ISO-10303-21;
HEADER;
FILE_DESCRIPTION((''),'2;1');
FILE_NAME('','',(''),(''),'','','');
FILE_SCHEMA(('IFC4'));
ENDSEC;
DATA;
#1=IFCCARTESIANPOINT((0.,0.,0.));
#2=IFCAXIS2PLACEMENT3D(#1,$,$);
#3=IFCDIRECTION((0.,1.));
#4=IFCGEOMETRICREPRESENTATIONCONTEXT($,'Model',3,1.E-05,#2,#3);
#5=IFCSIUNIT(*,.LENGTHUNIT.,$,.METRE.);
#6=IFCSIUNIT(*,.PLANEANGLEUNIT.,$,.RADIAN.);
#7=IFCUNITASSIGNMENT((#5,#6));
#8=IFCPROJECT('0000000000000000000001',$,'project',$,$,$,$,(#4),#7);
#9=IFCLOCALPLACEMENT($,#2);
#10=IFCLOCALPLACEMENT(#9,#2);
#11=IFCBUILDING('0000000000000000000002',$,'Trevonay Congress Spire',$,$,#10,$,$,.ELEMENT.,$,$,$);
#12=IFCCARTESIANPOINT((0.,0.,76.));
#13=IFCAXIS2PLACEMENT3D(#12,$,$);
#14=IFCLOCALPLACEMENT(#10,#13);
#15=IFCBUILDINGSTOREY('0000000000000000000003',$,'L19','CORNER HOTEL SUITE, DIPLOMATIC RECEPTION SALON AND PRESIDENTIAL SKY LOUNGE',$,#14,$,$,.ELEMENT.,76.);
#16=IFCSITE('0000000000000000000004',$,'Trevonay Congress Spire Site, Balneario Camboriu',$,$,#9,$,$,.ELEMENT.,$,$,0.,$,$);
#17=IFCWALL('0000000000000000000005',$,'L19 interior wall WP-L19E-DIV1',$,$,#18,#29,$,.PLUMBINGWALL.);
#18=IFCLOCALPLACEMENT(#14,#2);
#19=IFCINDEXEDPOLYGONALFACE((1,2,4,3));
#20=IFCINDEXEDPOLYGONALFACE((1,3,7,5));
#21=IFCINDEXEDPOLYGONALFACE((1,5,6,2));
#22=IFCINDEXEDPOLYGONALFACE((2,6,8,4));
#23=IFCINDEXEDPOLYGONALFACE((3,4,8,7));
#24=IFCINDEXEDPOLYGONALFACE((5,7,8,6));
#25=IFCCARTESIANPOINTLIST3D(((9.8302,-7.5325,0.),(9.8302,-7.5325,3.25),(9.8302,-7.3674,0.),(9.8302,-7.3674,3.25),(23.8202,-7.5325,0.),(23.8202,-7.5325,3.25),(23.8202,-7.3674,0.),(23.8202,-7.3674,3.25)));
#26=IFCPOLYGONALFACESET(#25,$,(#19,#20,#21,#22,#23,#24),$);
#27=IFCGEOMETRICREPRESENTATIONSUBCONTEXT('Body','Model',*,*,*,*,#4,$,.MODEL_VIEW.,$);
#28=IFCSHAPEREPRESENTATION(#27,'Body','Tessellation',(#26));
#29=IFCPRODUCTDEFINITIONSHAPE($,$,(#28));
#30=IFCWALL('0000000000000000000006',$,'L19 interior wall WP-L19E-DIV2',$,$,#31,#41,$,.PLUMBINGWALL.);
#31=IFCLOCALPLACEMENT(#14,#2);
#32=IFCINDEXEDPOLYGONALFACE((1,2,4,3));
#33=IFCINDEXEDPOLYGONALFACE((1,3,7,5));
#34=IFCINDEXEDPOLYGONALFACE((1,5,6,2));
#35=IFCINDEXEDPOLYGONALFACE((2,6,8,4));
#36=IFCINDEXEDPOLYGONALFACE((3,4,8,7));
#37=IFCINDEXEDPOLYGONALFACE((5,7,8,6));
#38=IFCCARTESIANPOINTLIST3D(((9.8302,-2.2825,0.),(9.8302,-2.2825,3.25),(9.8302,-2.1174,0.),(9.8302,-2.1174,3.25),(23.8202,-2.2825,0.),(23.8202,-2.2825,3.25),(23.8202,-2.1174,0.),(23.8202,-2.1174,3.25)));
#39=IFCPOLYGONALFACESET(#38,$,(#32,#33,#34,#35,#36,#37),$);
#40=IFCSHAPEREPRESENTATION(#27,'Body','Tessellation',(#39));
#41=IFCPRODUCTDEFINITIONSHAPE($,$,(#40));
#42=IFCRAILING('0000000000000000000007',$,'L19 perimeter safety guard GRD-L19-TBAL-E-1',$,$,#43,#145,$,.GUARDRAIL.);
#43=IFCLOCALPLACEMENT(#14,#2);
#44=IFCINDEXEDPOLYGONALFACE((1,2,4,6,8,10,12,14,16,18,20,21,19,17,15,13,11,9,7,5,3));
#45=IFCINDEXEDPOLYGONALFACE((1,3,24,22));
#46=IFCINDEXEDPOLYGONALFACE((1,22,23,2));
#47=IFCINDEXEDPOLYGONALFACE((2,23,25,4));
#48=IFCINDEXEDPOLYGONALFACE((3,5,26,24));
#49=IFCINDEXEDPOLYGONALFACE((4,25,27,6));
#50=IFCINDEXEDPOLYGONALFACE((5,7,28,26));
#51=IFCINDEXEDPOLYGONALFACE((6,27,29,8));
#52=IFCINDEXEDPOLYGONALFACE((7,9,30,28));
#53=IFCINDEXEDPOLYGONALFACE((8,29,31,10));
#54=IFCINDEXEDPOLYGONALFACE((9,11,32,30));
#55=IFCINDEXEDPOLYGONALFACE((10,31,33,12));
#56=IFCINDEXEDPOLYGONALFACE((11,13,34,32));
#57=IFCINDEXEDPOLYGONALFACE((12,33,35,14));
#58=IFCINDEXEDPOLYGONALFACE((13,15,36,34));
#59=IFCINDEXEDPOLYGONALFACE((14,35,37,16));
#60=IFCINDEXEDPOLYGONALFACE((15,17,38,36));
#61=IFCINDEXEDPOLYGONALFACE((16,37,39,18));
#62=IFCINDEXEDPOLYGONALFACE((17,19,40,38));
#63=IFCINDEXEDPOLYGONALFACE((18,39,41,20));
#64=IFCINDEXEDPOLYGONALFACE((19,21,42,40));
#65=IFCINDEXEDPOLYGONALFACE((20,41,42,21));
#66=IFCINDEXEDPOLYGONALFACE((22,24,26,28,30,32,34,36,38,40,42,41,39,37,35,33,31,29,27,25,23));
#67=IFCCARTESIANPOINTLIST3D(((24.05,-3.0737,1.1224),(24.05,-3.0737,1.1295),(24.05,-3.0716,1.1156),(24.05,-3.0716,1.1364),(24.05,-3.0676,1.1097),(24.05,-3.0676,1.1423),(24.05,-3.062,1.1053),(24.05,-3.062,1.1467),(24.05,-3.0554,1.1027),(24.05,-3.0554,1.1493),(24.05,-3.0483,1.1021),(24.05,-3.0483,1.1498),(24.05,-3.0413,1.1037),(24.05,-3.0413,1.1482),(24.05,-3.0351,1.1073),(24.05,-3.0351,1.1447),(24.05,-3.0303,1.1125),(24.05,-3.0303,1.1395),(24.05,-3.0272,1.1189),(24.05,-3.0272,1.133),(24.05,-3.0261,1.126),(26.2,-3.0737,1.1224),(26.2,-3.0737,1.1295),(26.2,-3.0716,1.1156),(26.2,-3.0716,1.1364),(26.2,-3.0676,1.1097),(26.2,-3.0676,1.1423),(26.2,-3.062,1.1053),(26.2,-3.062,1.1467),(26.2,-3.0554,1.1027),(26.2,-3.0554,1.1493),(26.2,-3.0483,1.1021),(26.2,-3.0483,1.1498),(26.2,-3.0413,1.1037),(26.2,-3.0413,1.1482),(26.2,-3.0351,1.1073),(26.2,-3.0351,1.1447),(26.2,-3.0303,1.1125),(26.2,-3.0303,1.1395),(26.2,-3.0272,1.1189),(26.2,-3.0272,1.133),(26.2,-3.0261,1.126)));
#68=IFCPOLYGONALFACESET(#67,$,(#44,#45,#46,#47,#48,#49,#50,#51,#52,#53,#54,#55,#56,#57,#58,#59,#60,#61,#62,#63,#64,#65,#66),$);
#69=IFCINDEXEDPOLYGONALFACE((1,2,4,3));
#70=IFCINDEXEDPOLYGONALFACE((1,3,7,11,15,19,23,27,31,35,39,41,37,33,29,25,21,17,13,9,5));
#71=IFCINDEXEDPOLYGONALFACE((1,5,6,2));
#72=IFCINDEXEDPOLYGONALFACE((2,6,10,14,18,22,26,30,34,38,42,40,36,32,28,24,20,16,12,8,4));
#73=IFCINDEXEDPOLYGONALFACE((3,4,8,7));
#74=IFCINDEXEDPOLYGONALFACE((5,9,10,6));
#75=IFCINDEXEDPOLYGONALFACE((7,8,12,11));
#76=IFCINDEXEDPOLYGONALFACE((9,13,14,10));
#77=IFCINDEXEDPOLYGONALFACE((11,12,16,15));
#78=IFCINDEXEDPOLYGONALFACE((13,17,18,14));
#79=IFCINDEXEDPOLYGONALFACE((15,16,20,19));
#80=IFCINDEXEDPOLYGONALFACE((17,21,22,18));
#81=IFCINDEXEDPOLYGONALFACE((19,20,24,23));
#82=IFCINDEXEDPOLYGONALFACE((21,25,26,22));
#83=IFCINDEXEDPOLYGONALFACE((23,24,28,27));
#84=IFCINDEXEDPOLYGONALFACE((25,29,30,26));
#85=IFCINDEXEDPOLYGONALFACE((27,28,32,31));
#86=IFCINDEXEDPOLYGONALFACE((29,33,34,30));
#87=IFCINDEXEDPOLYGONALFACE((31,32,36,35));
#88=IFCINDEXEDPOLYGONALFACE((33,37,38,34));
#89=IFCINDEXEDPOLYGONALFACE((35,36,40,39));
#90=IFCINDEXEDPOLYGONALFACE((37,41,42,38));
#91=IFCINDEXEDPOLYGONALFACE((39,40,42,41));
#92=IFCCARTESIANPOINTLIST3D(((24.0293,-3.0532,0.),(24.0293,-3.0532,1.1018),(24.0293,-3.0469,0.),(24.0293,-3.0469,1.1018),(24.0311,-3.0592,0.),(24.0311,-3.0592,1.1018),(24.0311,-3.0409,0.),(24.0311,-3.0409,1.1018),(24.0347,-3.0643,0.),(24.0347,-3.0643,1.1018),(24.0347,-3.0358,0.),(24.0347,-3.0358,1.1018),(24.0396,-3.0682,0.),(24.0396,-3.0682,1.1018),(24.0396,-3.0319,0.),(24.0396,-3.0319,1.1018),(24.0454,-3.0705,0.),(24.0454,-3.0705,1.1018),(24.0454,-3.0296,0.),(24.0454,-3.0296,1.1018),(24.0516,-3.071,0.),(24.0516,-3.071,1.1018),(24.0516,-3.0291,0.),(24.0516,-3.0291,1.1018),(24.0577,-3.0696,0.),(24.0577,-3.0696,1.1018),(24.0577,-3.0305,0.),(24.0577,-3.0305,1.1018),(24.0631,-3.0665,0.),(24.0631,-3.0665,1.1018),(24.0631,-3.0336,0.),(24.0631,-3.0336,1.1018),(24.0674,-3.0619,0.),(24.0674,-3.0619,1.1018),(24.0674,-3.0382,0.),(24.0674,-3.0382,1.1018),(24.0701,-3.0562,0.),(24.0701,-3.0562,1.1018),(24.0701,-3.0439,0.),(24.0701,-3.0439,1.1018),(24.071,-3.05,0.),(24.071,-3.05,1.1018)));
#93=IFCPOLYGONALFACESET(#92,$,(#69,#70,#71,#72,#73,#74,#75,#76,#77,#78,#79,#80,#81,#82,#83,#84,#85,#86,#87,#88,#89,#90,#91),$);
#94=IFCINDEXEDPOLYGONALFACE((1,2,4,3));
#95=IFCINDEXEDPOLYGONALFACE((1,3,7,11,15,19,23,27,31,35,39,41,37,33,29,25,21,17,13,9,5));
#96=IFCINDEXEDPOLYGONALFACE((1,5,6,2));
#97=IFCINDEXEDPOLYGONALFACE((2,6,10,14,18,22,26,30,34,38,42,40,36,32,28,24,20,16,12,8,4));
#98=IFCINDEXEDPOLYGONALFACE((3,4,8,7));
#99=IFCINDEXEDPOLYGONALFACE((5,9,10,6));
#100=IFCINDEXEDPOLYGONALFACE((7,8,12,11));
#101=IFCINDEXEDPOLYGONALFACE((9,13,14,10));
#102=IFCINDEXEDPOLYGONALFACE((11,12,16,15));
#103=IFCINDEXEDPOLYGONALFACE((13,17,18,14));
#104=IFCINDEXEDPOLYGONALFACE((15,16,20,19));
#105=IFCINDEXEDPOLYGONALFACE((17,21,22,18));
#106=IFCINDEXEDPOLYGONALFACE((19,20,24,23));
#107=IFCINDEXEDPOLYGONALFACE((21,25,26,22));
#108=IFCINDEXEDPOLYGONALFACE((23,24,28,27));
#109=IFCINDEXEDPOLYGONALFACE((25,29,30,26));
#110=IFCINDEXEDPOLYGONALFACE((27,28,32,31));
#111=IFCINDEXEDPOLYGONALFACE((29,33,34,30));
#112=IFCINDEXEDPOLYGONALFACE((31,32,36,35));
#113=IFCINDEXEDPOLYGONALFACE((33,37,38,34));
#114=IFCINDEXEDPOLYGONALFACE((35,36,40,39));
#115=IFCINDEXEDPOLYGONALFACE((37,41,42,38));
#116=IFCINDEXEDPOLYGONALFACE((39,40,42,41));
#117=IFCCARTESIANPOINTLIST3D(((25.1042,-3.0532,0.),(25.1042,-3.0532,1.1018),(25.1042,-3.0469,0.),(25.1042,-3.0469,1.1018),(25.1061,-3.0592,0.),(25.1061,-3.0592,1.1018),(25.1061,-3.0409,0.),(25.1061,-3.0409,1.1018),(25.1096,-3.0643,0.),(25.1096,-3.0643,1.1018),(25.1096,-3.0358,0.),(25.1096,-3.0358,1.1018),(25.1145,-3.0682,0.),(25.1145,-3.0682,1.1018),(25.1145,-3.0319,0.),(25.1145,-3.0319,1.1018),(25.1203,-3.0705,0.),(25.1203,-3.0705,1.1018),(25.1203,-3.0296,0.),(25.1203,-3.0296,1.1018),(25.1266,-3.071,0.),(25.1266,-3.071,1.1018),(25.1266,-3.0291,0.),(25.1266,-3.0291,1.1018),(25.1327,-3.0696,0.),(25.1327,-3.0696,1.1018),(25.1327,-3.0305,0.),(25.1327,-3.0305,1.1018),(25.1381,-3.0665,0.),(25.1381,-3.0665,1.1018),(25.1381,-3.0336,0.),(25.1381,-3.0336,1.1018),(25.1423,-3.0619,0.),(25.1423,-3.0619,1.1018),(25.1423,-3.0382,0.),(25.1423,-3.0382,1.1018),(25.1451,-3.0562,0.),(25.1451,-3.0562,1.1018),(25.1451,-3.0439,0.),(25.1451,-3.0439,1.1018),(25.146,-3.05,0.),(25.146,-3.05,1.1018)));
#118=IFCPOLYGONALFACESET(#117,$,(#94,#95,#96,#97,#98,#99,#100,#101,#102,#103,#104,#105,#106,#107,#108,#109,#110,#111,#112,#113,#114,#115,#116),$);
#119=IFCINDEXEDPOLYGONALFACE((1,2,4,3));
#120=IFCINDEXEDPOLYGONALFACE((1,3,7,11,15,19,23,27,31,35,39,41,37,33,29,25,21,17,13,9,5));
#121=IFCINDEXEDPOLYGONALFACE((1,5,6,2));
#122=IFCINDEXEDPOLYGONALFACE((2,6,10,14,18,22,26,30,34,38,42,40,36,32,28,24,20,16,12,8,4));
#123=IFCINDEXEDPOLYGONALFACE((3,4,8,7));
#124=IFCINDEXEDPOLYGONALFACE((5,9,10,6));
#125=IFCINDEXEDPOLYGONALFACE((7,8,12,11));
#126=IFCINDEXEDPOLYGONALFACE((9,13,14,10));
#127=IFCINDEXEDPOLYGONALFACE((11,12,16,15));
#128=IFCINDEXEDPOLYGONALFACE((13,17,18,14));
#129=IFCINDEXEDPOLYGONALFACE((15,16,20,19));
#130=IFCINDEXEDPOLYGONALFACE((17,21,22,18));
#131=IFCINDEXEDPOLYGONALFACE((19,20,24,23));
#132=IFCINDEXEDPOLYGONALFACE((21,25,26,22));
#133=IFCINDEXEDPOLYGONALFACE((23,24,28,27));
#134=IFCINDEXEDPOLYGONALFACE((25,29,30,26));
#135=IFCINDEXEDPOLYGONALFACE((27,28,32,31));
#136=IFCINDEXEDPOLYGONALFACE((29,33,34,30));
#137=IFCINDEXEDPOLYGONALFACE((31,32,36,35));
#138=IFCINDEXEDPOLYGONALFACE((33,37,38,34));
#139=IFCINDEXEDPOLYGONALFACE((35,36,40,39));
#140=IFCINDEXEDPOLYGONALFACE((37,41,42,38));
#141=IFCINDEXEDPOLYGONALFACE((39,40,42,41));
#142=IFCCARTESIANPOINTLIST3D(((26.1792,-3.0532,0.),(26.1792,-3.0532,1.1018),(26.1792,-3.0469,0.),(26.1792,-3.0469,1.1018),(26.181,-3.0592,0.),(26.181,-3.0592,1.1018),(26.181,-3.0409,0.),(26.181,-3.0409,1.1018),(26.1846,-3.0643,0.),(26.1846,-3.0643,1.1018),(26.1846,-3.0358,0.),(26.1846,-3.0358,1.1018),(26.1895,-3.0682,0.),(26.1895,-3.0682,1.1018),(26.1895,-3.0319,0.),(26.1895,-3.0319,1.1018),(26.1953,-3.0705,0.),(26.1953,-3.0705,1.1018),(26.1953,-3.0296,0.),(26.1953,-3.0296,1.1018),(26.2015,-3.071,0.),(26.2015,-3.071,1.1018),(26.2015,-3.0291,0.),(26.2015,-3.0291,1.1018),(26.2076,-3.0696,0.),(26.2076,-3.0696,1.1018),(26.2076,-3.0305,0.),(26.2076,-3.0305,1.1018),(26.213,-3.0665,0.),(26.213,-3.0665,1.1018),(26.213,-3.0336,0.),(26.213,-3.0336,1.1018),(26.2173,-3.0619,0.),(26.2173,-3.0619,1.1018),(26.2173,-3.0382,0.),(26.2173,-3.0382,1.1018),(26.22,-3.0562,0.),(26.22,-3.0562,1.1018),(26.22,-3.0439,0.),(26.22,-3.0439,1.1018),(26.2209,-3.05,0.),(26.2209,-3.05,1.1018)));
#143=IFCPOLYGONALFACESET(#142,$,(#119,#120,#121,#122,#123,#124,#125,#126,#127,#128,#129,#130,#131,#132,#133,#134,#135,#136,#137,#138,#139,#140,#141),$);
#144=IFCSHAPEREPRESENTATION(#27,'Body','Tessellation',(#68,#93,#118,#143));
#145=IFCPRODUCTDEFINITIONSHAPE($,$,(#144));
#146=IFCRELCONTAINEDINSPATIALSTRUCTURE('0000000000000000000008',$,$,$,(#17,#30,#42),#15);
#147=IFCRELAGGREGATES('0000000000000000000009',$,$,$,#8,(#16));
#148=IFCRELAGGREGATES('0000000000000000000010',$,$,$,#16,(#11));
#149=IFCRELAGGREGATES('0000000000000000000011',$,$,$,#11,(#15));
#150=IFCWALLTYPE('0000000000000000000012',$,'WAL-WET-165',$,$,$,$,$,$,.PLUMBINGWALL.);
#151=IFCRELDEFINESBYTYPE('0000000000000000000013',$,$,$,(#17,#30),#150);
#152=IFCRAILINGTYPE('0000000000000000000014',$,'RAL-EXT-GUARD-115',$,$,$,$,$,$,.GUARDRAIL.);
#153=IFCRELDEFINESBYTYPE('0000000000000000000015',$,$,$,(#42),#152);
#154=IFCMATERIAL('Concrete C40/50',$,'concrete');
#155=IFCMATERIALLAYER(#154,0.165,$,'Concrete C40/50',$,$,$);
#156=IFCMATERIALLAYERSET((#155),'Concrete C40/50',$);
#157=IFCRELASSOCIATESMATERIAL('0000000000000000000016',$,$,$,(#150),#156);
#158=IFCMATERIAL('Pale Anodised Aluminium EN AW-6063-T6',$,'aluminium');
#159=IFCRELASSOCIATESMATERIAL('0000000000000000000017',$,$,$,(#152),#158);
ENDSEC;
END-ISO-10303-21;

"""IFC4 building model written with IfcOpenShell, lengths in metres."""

from ifc_helpers import new_model, si_unit, direction, frame, frame_2d, origin, origin_2d, place, context, subcontext, project, spatial, rectangle, circle, extrude, material, layer, layer_set, type_object, element, save


model = new_model("IFC4")

# Units and contexts
model_context = context("Model", 3, precision=1e-05, world=origin(), true_north=direction((0.0, 1.0)))
body_context = subcontext(model_context, "Body", "Model", "MODEL_VIEW")
ifc_project = project(units=[si_unit("LENGTHUNIT", "METRE"), si_unit("PLANEANGLEUNIT", "RADIAN")], contexts=[model_context])

# Site, building, storey
site_placement = place(None, origin())
site = spatial("IfcSite", under=ifc_project, at=site_placement, Name="Trevonay Congress Spire Site, Balneario Camboriu", CompositionType="ELEMENT", RefElevation=0.0)
building_placement = place(site_placement, origin())
building = spatial("IfcBuilding", under=site, at=building_placement, Name="Trevonay Congress Spire", CompositionType="ELEMENT")
storey_placement = place(building_placement, frame((0.0, 0.0, 76.0)))
storey = spatial("IfcBuildingStorey", under=building, at=storey_placement, Name="L19", Description="CORNER HOTEL SUITE, DIPLOMATIC RECEPTION SALON AND PRESIDENTIAL SKY LOUNGE", CompositionType="ELEMENT", Elevation=76.0)

# Shared definitions
ifc_material_1 = material(Name="Pale Anodised Aluminium EN AW-6063-T6", Category="aluminium")

# Shared definitions
ifc_material_2 = material(Name="Concrete C40/50", Category="concrete")

# Walls
ifc_layer_1 = layer(ifc_material_2, 0.165, Name="Concrete C40/50")
ifc_layer_set_1 = layer_set([ifc_layer_1], Name="Concrete C40/50")
wall_type_1 = type_object("IfcWallType", Name="WAL-WET-165", PredefinedType="PLUMBINGWALL", material=ifc_layer_set_1)
for number, where, z_axis, x_axis, name in (
    (1, (9.8301, -7.45, 0.0), (0.0, 0.0, 1.0), (1.0, 0.0, 0.0), "L19 interior wall WP-L19E-DIV1"),
    (2, (9.8301, -2.2, 0.0), (0.0, 0.0, 1.0), (1.0, 0.0, 0.0), "L19 interior wall WP-L19E-DIV2"),
):
    element("IfcWall", number, at=place(storey_placement, frame(where, z_axis=z_axis, x_axis=x_axis)), inside=storey, type_object=wall_type_1, Name=name, PredefinedType="PLUMBINGWALL", context=body_context, shape_type="SweptSolid", body=[
        extrude(rectangle(XDim=13.99, YDim=0.165, at=frame_2d((6.9951, 0.0))), origin(), (0.0, 0.0, 1.0), 3.25),
    ])

# Railing
railing_type = type_object("IfcRailingType", Name="RAL-EXT-GUARD-115", PredefinedType="GUARDRAIL", material=ifc_material_1)
railing_1_placement = place(storey_placement, frame((24.05, -3.05, 0.0)))
element("IfcRailing", 3, at=railing_1_placement, inside=storey, type_object=railing_type, Name="L19 perimeter safety guard GRD-L19-TBAL-E-1", PredefinedType="GUARDRAIL", context=body_context, shape_type="SweptSolid", body=[
    extrude(circle(Radius=0.0239, at=origin_2d()), frame((0.0, 0.0, 1.126), z_axis=(1.0, 0.0, 0.0), x_axis=(0.0, 1.0, 0.0)), (0.0, 0.0, 1.0), 2.1499),
    extrude(circle(Radius=0.021, at=origin_2d()), origin(), (0.0, 0.0, 1.0), 1.1018),
    extrude(circle(Radius=0.021, at=origin_2d()), frame((1.075, 0.0, 0.0)), (0.0, 0.0, 1.0), 1.1018),
    extrude(circle(Radius=0.021, at=origin_2d()), frame((2.1499, 0.0, 0.0)), (0.0, 0.0, 1.0), 1.1018),
])

save(model, "model.ifc")
